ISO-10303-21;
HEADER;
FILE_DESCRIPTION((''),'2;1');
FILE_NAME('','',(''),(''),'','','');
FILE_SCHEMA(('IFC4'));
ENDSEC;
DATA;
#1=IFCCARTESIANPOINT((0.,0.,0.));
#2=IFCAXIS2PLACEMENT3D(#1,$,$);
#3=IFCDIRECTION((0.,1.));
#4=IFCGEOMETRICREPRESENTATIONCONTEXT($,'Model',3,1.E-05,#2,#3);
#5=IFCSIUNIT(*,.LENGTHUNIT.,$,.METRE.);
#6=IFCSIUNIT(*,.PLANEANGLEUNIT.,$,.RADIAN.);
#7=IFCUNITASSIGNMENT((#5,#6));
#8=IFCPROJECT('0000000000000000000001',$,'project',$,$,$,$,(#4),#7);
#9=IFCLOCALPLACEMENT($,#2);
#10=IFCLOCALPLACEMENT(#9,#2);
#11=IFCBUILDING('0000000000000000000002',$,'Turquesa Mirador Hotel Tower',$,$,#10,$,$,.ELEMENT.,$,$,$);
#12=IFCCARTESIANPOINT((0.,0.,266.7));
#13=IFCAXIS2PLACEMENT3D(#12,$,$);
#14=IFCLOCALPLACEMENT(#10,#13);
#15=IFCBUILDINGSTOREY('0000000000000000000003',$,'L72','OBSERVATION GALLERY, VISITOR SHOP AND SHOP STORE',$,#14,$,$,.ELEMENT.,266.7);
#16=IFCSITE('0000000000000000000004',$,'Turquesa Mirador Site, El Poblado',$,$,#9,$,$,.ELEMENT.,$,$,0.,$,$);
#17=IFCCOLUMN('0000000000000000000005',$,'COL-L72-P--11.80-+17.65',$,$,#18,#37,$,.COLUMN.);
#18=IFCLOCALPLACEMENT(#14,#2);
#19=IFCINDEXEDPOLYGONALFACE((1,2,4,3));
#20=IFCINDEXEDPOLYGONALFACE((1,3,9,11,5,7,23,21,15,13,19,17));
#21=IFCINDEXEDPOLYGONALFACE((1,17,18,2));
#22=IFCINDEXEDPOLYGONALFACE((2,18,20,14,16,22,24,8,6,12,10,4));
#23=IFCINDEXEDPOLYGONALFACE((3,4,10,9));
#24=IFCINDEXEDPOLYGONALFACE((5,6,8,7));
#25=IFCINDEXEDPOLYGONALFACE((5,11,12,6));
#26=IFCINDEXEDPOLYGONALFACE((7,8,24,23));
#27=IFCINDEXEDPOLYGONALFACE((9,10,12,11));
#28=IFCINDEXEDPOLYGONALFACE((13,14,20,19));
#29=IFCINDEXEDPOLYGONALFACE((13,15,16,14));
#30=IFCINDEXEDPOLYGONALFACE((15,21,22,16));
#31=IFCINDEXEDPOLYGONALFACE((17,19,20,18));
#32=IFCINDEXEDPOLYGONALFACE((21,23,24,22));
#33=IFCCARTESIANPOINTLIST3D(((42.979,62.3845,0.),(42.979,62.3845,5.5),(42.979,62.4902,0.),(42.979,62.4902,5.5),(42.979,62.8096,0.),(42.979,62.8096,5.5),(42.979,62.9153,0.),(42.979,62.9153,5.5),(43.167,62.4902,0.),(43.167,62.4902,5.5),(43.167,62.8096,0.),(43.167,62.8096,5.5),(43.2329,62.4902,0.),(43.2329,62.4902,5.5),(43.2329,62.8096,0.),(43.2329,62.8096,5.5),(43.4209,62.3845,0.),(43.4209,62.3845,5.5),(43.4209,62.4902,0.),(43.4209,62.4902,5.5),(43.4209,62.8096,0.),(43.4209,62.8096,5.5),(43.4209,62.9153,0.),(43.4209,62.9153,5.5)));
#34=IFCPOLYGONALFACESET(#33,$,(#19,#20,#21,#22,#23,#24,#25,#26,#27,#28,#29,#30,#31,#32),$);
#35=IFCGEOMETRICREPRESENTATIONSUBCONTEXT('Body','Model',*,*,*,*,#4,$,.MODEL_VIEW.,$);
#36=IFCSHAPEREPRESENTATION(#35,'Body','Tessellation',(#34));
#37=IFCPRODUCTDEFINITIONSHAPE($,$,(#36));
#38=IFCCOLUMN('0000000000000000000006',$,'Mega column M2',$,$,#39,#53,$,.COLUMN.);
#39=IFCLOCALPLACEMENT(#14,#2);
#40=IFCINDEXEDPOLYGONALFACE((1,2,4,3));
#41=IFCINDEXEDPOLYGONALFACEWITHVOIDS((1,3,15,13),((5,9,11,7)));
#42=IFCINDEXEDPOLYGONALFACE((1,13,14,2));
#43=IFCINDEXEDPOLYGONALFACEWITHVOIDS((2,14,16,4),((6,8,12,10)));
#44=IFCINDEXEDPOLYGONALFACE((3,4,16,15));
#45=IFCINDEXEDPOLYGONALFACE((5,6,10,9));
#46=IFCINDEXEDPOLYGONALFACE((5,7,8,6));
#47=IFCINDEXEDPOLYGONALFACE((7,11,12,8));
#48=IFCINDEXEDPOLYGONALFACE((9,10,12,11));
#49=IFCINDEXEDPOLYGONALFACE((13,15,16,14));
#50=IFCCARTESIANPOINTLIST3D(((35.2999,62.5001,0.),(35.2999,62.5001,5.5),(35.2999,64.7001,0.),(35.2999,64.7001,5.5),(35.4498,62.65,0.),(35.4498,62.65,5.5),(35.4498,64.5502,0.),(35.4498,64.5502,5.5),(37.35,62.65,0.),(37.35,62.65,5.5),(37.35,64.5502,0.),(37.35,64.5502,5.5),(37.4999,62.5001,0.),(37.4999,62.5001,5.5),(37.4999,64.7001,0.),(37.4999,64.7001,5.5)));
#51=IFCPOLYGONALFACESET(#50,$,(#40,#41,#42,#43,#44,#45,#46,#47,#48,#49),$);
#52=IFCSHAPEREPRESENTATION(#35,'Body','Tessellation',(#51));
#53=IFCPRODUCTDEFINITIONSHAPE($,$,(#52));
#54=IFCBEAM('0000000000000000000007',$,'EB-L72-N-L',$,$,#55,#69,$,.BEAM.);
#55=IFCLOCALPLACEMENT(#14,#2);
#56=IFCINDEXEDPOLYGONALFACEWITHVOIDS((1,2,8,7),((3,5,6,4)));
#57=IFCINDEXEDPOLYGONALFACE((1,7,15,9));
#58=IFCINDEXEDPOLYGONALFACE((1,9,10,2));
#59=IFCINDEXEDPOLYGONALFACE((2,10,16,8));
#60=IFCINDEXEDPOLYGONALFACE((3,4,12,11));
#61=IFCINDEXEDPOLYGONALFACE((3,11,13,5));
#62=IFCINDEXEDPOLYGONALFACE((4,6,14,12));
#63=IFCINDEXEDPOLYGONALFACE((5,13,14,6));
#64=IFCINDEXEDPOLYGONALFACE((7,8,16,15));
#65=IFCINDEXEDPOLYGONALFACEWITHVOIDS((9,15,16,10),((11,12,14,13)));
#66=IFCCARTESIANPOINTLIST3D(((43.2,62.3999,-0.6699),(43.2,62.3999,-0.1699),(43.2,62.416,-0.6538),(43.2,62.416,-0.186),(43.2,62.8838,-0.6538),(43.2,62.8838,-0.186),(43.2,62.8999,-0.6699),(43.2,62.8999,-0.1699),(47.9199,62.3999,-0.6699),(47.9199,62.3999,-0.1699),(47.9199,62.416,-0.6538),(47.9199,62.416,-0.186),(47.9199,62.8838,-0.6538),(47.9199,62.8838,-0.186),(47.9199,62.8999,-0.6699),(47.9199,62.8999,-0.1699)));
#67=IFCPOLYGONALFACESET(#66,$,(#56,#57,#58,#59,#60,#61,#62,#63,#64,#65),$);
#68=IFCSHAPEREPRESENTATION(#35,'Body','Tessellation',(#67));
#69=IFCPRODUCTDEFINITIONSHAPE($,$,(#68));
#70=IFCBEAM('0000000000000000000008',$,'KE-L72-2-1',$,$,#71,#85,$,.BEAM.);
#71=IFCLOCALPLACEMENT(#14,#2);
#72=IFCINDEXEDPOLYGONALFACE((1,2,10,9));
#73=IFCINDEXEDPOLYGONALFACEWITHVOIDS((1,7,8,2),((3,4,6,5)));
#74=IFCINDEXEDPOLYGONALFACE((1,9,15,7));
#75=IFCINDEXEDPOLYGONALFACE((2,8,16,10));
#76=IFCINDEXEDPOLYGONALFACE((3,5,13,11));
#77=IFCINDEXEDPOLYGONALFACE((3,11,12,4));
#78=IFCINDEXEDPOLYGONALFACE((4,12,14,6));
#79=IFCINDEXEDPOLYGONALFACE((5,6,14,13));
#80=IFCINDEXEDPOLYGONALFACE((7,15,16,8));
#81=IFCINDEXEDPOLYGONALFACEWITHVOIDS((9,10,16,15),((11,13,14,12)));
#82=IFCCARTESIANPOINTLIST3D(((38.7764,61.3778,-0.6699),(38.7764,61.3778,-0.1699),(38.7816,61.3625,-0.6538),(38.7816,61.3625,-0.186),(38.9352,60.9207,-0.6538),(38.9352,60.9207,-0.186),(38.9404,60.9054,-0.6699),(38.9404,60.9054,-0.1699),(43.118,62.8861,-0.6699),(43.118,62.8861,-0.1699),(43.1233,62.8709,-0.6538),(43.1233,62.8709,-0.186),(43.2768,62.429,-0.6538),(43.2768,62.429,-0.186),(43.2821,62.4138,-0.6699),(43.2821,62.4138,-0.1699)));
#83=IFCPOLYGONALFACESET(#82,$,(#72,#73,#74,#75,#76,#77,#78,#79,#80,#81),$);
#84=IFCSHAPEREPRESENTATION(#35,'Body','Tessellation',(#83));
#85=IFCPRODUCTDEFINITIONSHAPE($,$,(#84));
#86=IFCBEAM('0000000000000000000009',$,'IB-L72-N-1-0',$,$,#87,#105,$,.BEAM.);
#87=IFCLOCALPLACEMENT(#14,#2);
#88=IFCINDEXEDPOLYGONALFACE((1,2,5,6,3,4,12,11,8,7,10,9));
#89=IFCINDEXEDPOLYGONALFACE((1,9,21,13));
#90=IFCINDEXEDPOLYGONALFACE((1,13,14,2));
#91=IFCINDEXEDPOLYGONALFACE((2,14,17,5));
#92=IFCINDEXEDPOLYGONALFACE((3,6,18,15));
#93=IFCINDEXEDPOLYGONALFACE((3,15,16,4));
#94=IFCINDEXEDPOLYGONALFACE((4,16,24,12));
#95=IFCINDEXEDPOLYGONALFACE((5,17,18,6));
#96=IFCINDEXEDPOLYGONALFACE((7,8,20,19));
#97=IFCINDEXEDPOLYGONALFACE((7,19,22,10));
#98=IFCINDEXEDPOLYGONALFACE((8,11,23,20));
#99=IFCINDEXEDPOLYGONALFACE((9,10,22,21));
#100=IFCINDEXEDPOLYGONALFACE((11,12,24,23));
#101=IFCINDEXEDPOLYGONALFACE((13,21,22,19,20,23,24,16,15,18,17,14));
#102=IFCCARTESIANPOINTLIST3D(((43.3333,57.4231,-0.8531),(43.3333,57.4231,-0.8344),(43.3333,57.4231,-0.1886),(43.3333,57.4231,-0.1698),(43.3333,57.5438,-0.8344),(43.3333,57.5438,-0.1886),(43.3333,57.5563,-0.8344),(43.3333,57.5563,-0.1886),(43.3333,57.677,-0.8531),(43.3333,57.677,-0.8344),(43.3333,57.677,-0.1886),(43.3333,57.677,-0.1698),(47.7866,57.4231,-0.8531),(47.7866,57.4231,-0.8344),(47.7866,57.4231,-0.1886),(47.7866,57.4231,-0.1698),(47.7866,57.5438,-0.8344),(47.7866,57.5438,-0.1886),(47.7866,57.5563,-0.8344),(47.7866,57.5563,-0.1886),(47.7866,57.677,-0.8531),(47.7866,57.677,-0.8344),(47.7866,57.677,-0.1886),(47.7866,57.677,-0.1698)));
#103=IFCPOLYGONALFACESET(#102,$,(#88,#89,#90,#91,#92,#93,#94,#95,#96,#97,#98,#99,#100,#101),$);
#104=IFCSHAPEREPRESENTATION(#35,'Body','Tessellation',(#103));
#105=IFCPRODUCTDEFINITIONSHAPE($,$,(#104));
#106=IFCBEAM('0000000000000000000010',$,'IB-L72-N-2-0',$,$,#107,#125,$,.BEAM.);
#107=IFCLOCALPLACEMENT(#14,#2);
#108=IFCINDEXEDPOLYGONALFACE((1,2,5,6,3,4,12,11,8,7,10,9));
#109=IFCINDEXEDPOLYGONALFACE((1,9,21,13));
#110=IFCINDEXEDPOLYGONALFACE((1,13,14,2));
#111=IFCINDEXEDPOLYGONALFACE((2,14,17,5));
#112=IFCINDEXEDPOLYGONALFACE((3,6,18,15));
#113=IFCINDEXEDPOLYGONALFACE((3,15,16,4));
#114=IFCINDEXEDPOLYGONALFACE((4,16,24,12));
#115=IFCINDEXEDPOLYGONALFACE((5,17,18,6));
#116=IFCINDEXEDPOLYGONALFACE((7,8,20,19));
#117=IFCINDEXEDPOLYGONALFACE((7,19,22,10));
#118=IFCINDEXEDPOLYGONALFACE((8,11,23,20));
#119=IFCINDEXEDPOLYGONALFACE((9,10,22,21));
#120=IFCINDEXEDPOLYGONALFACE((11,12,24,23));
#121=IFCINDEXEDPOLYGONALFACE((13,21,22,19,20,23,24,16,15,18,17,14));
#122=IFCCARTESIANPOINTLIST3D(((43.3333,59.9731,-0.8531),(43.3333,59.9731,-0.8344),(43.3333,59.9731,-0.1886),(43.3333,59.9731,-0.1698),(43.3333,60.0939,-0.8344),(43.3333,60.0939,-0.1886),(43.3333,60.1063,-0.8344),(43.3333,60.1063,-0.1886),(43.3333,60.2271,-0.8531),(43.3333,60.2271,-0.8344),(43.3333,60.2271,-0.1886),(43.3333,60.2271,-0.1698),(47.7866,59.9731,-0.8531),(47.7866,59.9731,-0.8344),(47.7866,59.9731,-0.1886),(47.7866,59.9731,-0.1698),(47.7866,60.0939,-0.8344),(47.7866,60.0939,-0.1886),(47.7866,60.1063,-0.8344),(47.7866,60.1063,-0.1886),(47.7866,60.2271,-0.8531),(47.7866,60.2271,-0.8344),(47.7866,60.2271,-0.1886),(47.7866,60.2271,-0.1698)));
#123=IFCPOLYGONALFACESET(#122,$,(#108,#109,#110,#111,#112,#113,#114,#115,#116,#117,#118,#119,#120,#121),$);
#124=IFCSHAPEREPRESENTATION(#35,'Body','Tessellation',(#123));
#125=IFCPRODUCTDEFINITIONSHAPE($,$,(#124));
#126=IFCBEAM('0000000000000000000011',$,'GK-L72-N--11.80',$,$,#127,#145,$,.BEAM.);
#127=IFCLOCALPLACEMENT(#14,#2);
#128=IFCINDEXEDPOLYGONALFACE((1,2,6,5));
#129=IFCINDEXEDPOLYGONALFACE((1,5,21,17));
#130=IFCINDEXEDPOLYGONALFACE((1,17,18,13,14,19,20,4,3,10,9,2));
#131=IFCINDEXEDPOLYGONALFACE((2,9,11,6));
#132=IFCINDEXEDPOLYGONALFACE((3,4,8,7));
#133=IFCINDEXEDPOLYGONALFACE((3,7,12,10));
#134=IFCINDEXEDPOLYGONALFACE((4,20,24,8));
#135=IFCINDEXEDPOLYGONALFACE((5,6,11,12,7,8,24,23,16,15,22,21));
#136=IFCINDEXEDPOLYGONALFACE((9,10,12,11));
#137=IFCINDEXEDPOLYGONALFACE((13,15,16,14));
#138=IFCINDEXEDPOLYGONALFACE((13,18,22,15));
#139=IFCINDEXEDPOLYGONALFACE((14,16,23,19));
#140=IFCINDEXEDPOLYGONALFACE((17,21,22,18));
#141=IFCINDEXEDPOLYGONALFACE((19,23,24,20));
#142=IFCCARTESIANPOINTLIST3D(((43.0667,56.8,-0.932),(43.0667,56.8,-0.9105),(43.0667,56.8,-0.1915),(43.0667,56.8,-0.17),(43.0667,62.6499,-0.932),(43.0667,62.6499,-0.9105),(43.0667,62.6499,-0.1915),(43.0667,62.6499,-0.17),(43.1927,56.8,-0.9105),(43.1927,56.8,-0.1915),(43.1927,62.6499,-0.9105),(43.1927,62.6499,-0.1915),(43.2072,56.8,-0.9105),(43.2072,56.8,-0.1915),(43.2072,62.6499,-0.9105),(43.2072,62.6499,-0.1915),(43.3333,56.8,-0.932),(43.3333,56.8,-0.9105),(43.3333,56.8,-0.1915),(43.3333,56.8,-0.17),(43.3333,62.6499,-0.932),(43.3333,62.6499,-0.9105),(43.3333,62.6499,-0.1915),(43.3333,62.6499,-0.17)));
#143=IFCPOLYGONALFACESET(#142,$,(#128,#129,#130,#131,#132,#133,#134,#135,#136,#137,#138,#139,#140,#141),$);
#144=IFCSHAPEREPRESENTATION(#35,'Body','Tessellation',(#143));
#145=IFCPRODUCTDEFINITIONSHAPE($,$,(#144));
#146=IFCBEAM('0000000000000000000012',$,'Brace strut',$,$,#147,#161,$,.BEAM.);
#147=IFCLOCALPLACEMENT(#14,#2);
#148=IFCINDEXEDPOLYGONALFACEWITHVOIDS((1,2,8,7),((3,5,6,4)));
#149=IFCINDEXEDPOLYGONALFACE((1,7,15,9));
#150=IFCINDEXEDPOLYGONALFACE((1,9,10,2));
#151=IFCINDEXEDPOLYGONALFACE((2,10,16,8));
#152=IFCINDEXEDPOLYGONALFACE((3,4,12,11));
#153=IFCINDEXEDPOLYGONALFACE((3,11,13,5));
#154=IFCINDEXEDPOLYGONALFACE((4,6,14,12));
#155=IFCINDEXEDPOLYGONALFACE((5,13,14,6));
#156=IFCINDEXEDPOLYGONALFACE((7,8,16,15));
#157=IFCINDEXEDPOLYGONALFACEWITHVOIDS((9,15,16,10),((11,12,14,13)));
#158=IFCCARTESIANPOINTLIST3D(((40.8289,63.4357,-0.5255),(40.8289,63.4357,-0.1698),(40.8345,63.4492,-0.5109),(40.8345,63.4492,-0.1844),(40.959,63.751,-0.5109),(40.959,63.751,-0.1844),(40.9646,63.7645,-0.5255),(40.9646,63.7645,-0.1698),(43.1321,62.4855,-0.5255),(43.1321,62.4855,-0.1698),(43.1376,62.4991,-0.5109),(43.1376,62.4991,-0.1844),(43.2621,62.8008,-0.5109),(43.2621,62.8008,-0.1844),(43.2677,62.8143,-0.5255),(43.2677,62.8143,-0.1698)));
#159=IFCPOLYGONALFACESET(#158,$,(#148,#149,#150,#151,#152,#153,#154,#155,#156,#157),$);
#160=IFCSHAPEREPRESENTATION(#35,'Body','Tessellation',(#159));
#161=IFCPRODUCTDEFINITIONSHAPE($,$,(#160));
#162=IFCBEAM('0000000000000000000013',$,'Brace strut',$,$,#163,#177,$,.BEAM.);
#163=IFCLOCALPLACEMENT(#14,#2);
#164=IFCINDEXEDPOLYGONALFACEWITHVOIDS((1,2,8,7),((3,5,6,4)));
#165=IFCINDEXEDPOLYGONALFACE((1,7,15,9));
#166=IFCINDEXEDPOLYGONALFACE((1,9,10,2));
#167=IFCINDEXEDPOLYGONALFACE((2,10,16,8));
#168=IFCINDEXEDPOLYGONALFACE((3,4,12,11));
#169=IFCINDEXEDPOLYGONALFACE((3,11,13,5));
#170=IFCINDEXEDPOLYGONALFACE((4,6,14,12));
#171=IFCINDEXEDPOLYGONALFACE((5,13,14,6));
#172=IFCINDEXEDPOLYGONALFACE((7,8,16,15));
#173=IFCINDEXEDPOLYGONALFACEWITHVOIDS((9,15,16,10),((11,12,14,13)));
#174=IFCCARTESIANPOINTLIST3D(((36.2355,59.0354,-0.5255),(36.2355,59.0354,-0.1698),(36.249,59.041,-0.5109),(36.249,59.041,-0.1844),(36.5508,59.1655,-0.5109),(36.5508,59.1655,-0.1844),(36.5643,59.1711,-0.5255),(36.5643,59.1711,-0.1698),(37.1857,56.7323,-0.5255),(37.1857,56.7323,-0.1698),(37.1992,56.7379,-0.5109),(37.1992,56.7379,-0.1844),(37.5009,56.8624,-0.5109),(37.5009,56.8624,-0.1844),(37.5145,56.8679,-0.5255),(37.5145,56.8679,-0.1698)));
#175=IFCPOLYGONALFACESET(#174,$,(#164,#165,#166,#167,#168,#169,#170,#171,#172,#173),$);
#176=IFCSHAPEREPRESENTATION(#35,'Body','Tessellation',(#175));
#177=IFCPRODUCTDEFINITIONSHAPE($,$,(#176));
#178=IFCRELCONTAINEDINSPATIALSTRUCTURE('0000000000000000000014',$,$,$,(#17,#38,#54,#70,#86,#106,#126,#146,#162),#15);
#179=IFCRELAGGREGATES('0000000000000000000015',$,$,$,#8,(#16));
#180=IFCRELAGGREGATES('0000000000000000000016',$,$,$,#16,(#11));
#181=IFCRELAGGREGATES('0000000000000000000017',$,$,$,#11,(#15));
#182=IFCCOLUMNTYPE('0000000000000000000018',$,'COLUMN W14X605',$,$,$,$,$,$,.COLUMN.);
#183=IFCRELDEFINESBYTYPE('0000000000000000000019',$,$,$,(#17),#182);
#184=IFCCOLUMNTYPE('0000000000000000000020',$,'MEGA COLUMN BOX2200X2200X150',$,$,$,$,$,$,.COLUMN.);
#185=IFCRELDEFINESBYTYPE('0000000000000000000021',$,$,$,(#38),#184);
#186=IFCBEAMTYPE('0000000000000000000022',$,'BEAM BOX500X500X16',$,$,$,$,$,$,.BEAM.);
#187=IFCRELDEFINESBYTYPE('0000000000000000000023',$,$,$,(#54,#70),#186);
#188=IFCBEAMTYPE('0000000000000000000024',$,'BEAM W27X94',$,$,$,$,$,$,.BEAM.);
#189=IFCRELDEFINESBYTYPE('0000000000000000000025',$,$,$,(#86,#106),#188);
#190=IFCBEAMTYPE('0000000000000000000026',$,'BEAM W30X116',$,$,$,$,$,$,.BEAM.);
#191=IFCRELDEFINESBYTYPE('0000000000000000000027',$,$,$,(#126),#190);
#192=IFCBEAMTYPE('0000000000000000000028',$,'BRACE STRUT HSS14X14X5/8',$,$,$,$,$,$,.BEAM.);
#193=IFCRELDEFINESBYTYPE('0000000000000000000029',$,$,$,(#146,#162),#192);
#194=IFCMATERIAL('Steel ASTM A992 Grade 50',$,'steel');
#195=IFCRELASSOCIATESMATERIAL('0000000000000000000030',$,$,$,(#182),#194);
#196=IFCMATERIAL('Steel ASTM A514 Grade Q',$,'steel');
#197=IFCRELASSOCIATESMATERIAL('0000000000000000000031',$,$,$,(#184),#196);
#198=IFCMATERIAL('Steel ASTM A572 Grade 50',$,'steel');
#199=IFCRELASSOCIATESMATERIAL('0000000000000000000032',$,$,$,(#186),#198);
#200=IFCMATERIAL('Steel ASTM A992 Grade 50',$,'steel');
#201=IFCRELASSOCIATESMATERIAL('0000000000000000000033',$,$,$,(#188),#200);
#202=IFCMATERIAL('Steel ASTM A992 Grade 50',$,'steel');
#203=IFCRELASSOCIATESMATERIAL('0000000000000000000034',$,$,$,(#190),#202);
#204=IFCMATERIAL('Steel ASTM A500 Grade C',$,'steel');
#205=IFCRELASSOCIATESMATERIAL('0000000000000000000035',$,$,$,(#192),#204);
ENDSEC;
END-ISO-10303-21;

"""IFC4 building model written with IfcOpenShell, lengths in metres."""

from ifc_helpers import new_model, si_unit, direction, frame, origin, origin_2d, place, context, subcontext, project, spatial, hollow_rectangle, i_section, extrude, material, material_profile, profile_set, type_object, element, save


model = new_model("IFC4")

# Units and contexts
model_context = context("Model", 3, precision=1e-05, world=origin(), true_north=direction((0.0, 1.0)))
body_context = subcontext(model_context, "Body", "Model", "MODEL_VIEW")
ifc_project = project(units=[si_unit("LENGTHUNIT", "METRE"), si_unit("PLANEANGLEUNIT", "RADIAN")], contexts=[model_context])

# Site, building, storey
site_placement = place(None, origin())
site = spatial("IfcSite", under=ifc_project, at=site_placement, Name="Turquesa Mirador Site, El Poblado", CompositionType="ELEMENT", RefElevation=0.0)
building_placement = place(site_placement, origin())
building = spatial("IfcBuilding", under=site, at=building_placement, Name="Turquesa Mirador Hotel Tower", CompositionType="ELEMENT")
storey_placement = place(building_placement, frame((0.0, 0.0, 266.7)))
storey = spatial("IfcBuildingStorey", under=building, at=storey_placement, Name="L72", Description="OBSERVATION GALLERY, VISITOR SHOP AND SHOP STORE", CompositionType="ELEMENT", Elevation=266.7)

# Columns
ifc_material_1 = material(Name="Steel ASTM A992 Grade 50", Category="steel")
ifc_material_profile_1 = material_profile(ifc_material_1, i_section(OverallWidth=0.4419, OverallDepth=0.5308, WebThickness=0.0659, FlangeThickness=0.1057, at=origin_2d()), Name="W14X605")
ifc_profile_set_1 = profile_set([ifc_material_profile_1], Name="Steel ASTM A992 Grade 50")
column_type_1 = type_object("IfcColumnType", Name="COLUMN W14X605", PredefinedType="COLUMN", material=ifc_profile_set_1)
column_1_placement = place(storey_placement, frame((43.2, 62.6499, 0.0), z_axis=(0.0, 0.0, 1.0), x_axis=(1.0, 0.0, 0.0)))
element("IfcColumn", 1, at=column_1_placement, inside=storey, type_object=column_type_1, Name="COL-L72-P--11.80-+17.65", PredefinedType="COLUMN", context=body_context, shape_type="SweptSolid", body=[
    extrude(i_section(OverallWidth=0.4419, OverallDepth=0.5308, WebThickness=0.0659, FlangeThickness=0.1057, at=origin_2d()), origin(), (0.0, 0.0, 1.0), 5.5),
])
ifc_material_2 = material(Name="Steel ASTM A514 Grade Q", Category="steel")
ifc_material_profile_2 = material_profile(ifc_material_2, hollow_rectangle(XDim=2.2, YDim=2.2, WallThickness=0.1499, at=origin_2d()), Name="BOX2200X2200X150")
ifc_profile_set_2 = profile_set([ifc_material_profile_2], Name="Steel ASTM A514 Grade Q")
column_type_2 = type_object("IfcColumnType", Name="MEGA COLUMN BOX2200X2200X150", PredefinedType="COLUMN", material=ifc_profile_set_2)
column_2_placement = place(storey_placement, frame((36.3999, 63.6001, 0.0), z_axis=(0.0, 0.0, 1.0), x_axis=(1.0, 0.0, 0.0)))
element("IfcColumn", 2, at=column_2_placement, inside=storey, type_object=column_type_2, Name="Mega column M2", PredefinedType="COLUMN", context=body_context, shape_type="SweptSolid", body=[
    extrude(hollow_rectangle(XDim=2.2, YDim=2.2, WallThickness=0.1499, at=origin_2d()), origin(), (0.0, 0.0, 1.0), 5.5),
])

# Beams
ifc_material_3 = material(Name="Steel ASTM A572 Grade 50", Category="steel")
ifc_material_profile_3 = material_profile(ifc_material_3, hollow_rectangle(XDim=0.5, YDim=0.5, WallThickness=0.0161, at=origin_2d()), Name="BOX500X500X16")
ifc_profile_set_3 = profile_set([ifc_material_profile_3], Name="Steel ASTM A572 Grade 50")
beam_type_1 = type_object("IfcBeamType", Name="BEAM BOX500X500X16", PredefinedType="BEAM", material=ifc_profile_set_3)
beam_1_placement = place(storey_placement, frame((43.2, 62.6499, -0.4199), z_axis=(1.0, 0.0, 0.0), x_axis=(0.0, 1.0, 0.0)))
element("IfcBeam", 3, at=beam_1_placement, inside=storey, type_object=beam_type_1, Name="EB-L72-N-L", PredefinedType="BEAM", context=body_context, shape_type="SweptSolid", body=[
    extrude(hollow_rectangle(XDim=0.5, YDim=0.5, WallThickness=0.0161, at=origin_2d()), origin(), (0.0, 0.0, 1.0), 4.72),
])
beam_2_placement = place(storey_placement, frame((38.8584, 61.1416, -0.4199), z_axis=(0.944619, 0.32817, 0.0), x_axis=(-0.32817, 0.944619, 0.0)))
element("IfcBeam", 4, at=beam_2_placement, inside=storey, type_object=beam_type_1, Name="KE-L72-2-1", PredefinedType="BEAM", context=body_context, shape_type="SweptSolid", body=[
    extrude(hollow_rectangle(XDim=0.5, YDim=0.5, WallThickness=0.0161, at=origin_2d()), origin(), (0.0, 0.0, 1.0), 4.5962),
])
ifc_material_4 = material(Name="Steel ASTM A992 Grade 50", Category="steel")
ifc_material_profile_4 = material_profile(ifc_material_4, i_section(OverallWidth=0.2539, OverallDepth=0.6833, WebThickness=0.0125, FlangeThickness=0.0188, at=origin_2d()), Name="W27X94")
ifc_profile_set_4 = profile_set([ifc_material_profile_4], Name="Steel ASTM A992 Grade 50")
beam_type_2 = type_object("IfcBeamType", Name="BEAM W27X94", PredefinedType="BEAM", material=ifc_profile_set_4)
for number, where, z_axis, x_axis, name in (
    (5, (43.3333, 57.55, -0.5115), (1.0, 0.0, 0.0), (0.0, 1.0, 0.0), "IB-L72-N-1-0"),
    (6, (43.3333, 60.1001, -0.5115), (1.0, 0.0, 0.0), (0.0, 1.0, 0.0), "IB-L72-N-2-0"),
):
    element("IfcBeam", number, at=place(storey_placement, frame(where, z_axis=z_axis, x_axis=x_axis)), inside=storey, type_object=beam_type_2, Name=name, PredefinedType="BEAM", context=body_context, shape_type="SweptSolid", body=[
        extrude(i_section(OverallWidth=0.2539, OverallDepth=0.6833, WebThickness=0.0125, FlangeThickness=0.0188, at=origin_2d()), origin(), (0.0, 0.0, 1.0), 4.4534),
    ])
ifc_material_5 = material(Name="Steel ASTM A992 Grade 50", Category="steel")
ifc_material_profile_5 = material_profile(ifc_material_5, i_section(OverallWidth=0.2666, OverallDepth=0.762, WebThickness=0.0144, FlangeThickness=0.0215, at=origin_2d()), Name="W30X116")
ifc_profile_set_5 = profile_set([ifc_material_profile_5], Name="Steel ASTM A992 Grade 50")
beam_type_3 = type_object("IfcBeamType", Name="BEAM W30X116", PredefinedType="BEAM", material=ifc_profile_set_5)
beam_3_placement = place(storey_placement, frame((43.2, 62.6499, -0.551), z_axis=(0.0, -1.0, 0.0), x_axis=(1.0, 0.0, 0.0)))
element("IfcBeam", 7, at=beam_3_placement, inside=storey, type_object=beam_type_3, Name="GK-L72-N--11.80", PredefinedType="BEAM", context=body_context, shape_type="SweptSolid", body=[
    extrude(i_section(OverallWidth=0.2666, OverallDepth=0.762, WebThickness=0.0144, FlangeThickness=0.0215, at=origin_2d()), origin(), (0.0, 0.0, 1.0), 5.8499),
])
ifc_material_6 = material(Name="Steel ASTM A500 Grade C", Category="steel")
ifc_material_profile_6 = material_profile(ifc_material_6, hollow_rectangle(XDim=0.3557, YDim=0.3557, WallThickness=0.0146, at=origin_2d()), Name="HSS14X14X5/8")
ifc_profile_set_6 = profile_set([ifc_material_profile_6], Name="Steel ASTM A500 Grade C")
beam_type_4 = type_object("IfcBeamType", Name="BRACE STRUT HSS14X14X5/8", PredefinedType="BEAM", material=ifc_profile_set_6)
for number, where, z_axis, x_axis, name in (
    (8, (40.8967, 63.6001, -0.3477), (0.924422, -0.381371, 0.0), (0.381371, 0.924422, 0.0), "Brace strut"),
    (9, (36.3999, 59.1033, -0.3477), (0.381371, -0.924422, 0.0), (0.924422, 0.381371, 0.0), "Brace strut"),
):
    element("IfcBeam", number, at=place(storey_placement, frame(where, z_axis=z_axis, x_axis=x_axis)), inside=storey, type_object=beam_type_4, Name=name, PredefinedType="BEAM", context=body_context, shape_type="SweptSolid", body=[
        extrude(hollow_rectangle(XDim=0.3557, YDim=0.3557, WallThickness=0.0146, at=origin_2d()), origin(), (0.0, 0.0, 1.0), 2.4915),
    ])

save(model, "model.ifc")
